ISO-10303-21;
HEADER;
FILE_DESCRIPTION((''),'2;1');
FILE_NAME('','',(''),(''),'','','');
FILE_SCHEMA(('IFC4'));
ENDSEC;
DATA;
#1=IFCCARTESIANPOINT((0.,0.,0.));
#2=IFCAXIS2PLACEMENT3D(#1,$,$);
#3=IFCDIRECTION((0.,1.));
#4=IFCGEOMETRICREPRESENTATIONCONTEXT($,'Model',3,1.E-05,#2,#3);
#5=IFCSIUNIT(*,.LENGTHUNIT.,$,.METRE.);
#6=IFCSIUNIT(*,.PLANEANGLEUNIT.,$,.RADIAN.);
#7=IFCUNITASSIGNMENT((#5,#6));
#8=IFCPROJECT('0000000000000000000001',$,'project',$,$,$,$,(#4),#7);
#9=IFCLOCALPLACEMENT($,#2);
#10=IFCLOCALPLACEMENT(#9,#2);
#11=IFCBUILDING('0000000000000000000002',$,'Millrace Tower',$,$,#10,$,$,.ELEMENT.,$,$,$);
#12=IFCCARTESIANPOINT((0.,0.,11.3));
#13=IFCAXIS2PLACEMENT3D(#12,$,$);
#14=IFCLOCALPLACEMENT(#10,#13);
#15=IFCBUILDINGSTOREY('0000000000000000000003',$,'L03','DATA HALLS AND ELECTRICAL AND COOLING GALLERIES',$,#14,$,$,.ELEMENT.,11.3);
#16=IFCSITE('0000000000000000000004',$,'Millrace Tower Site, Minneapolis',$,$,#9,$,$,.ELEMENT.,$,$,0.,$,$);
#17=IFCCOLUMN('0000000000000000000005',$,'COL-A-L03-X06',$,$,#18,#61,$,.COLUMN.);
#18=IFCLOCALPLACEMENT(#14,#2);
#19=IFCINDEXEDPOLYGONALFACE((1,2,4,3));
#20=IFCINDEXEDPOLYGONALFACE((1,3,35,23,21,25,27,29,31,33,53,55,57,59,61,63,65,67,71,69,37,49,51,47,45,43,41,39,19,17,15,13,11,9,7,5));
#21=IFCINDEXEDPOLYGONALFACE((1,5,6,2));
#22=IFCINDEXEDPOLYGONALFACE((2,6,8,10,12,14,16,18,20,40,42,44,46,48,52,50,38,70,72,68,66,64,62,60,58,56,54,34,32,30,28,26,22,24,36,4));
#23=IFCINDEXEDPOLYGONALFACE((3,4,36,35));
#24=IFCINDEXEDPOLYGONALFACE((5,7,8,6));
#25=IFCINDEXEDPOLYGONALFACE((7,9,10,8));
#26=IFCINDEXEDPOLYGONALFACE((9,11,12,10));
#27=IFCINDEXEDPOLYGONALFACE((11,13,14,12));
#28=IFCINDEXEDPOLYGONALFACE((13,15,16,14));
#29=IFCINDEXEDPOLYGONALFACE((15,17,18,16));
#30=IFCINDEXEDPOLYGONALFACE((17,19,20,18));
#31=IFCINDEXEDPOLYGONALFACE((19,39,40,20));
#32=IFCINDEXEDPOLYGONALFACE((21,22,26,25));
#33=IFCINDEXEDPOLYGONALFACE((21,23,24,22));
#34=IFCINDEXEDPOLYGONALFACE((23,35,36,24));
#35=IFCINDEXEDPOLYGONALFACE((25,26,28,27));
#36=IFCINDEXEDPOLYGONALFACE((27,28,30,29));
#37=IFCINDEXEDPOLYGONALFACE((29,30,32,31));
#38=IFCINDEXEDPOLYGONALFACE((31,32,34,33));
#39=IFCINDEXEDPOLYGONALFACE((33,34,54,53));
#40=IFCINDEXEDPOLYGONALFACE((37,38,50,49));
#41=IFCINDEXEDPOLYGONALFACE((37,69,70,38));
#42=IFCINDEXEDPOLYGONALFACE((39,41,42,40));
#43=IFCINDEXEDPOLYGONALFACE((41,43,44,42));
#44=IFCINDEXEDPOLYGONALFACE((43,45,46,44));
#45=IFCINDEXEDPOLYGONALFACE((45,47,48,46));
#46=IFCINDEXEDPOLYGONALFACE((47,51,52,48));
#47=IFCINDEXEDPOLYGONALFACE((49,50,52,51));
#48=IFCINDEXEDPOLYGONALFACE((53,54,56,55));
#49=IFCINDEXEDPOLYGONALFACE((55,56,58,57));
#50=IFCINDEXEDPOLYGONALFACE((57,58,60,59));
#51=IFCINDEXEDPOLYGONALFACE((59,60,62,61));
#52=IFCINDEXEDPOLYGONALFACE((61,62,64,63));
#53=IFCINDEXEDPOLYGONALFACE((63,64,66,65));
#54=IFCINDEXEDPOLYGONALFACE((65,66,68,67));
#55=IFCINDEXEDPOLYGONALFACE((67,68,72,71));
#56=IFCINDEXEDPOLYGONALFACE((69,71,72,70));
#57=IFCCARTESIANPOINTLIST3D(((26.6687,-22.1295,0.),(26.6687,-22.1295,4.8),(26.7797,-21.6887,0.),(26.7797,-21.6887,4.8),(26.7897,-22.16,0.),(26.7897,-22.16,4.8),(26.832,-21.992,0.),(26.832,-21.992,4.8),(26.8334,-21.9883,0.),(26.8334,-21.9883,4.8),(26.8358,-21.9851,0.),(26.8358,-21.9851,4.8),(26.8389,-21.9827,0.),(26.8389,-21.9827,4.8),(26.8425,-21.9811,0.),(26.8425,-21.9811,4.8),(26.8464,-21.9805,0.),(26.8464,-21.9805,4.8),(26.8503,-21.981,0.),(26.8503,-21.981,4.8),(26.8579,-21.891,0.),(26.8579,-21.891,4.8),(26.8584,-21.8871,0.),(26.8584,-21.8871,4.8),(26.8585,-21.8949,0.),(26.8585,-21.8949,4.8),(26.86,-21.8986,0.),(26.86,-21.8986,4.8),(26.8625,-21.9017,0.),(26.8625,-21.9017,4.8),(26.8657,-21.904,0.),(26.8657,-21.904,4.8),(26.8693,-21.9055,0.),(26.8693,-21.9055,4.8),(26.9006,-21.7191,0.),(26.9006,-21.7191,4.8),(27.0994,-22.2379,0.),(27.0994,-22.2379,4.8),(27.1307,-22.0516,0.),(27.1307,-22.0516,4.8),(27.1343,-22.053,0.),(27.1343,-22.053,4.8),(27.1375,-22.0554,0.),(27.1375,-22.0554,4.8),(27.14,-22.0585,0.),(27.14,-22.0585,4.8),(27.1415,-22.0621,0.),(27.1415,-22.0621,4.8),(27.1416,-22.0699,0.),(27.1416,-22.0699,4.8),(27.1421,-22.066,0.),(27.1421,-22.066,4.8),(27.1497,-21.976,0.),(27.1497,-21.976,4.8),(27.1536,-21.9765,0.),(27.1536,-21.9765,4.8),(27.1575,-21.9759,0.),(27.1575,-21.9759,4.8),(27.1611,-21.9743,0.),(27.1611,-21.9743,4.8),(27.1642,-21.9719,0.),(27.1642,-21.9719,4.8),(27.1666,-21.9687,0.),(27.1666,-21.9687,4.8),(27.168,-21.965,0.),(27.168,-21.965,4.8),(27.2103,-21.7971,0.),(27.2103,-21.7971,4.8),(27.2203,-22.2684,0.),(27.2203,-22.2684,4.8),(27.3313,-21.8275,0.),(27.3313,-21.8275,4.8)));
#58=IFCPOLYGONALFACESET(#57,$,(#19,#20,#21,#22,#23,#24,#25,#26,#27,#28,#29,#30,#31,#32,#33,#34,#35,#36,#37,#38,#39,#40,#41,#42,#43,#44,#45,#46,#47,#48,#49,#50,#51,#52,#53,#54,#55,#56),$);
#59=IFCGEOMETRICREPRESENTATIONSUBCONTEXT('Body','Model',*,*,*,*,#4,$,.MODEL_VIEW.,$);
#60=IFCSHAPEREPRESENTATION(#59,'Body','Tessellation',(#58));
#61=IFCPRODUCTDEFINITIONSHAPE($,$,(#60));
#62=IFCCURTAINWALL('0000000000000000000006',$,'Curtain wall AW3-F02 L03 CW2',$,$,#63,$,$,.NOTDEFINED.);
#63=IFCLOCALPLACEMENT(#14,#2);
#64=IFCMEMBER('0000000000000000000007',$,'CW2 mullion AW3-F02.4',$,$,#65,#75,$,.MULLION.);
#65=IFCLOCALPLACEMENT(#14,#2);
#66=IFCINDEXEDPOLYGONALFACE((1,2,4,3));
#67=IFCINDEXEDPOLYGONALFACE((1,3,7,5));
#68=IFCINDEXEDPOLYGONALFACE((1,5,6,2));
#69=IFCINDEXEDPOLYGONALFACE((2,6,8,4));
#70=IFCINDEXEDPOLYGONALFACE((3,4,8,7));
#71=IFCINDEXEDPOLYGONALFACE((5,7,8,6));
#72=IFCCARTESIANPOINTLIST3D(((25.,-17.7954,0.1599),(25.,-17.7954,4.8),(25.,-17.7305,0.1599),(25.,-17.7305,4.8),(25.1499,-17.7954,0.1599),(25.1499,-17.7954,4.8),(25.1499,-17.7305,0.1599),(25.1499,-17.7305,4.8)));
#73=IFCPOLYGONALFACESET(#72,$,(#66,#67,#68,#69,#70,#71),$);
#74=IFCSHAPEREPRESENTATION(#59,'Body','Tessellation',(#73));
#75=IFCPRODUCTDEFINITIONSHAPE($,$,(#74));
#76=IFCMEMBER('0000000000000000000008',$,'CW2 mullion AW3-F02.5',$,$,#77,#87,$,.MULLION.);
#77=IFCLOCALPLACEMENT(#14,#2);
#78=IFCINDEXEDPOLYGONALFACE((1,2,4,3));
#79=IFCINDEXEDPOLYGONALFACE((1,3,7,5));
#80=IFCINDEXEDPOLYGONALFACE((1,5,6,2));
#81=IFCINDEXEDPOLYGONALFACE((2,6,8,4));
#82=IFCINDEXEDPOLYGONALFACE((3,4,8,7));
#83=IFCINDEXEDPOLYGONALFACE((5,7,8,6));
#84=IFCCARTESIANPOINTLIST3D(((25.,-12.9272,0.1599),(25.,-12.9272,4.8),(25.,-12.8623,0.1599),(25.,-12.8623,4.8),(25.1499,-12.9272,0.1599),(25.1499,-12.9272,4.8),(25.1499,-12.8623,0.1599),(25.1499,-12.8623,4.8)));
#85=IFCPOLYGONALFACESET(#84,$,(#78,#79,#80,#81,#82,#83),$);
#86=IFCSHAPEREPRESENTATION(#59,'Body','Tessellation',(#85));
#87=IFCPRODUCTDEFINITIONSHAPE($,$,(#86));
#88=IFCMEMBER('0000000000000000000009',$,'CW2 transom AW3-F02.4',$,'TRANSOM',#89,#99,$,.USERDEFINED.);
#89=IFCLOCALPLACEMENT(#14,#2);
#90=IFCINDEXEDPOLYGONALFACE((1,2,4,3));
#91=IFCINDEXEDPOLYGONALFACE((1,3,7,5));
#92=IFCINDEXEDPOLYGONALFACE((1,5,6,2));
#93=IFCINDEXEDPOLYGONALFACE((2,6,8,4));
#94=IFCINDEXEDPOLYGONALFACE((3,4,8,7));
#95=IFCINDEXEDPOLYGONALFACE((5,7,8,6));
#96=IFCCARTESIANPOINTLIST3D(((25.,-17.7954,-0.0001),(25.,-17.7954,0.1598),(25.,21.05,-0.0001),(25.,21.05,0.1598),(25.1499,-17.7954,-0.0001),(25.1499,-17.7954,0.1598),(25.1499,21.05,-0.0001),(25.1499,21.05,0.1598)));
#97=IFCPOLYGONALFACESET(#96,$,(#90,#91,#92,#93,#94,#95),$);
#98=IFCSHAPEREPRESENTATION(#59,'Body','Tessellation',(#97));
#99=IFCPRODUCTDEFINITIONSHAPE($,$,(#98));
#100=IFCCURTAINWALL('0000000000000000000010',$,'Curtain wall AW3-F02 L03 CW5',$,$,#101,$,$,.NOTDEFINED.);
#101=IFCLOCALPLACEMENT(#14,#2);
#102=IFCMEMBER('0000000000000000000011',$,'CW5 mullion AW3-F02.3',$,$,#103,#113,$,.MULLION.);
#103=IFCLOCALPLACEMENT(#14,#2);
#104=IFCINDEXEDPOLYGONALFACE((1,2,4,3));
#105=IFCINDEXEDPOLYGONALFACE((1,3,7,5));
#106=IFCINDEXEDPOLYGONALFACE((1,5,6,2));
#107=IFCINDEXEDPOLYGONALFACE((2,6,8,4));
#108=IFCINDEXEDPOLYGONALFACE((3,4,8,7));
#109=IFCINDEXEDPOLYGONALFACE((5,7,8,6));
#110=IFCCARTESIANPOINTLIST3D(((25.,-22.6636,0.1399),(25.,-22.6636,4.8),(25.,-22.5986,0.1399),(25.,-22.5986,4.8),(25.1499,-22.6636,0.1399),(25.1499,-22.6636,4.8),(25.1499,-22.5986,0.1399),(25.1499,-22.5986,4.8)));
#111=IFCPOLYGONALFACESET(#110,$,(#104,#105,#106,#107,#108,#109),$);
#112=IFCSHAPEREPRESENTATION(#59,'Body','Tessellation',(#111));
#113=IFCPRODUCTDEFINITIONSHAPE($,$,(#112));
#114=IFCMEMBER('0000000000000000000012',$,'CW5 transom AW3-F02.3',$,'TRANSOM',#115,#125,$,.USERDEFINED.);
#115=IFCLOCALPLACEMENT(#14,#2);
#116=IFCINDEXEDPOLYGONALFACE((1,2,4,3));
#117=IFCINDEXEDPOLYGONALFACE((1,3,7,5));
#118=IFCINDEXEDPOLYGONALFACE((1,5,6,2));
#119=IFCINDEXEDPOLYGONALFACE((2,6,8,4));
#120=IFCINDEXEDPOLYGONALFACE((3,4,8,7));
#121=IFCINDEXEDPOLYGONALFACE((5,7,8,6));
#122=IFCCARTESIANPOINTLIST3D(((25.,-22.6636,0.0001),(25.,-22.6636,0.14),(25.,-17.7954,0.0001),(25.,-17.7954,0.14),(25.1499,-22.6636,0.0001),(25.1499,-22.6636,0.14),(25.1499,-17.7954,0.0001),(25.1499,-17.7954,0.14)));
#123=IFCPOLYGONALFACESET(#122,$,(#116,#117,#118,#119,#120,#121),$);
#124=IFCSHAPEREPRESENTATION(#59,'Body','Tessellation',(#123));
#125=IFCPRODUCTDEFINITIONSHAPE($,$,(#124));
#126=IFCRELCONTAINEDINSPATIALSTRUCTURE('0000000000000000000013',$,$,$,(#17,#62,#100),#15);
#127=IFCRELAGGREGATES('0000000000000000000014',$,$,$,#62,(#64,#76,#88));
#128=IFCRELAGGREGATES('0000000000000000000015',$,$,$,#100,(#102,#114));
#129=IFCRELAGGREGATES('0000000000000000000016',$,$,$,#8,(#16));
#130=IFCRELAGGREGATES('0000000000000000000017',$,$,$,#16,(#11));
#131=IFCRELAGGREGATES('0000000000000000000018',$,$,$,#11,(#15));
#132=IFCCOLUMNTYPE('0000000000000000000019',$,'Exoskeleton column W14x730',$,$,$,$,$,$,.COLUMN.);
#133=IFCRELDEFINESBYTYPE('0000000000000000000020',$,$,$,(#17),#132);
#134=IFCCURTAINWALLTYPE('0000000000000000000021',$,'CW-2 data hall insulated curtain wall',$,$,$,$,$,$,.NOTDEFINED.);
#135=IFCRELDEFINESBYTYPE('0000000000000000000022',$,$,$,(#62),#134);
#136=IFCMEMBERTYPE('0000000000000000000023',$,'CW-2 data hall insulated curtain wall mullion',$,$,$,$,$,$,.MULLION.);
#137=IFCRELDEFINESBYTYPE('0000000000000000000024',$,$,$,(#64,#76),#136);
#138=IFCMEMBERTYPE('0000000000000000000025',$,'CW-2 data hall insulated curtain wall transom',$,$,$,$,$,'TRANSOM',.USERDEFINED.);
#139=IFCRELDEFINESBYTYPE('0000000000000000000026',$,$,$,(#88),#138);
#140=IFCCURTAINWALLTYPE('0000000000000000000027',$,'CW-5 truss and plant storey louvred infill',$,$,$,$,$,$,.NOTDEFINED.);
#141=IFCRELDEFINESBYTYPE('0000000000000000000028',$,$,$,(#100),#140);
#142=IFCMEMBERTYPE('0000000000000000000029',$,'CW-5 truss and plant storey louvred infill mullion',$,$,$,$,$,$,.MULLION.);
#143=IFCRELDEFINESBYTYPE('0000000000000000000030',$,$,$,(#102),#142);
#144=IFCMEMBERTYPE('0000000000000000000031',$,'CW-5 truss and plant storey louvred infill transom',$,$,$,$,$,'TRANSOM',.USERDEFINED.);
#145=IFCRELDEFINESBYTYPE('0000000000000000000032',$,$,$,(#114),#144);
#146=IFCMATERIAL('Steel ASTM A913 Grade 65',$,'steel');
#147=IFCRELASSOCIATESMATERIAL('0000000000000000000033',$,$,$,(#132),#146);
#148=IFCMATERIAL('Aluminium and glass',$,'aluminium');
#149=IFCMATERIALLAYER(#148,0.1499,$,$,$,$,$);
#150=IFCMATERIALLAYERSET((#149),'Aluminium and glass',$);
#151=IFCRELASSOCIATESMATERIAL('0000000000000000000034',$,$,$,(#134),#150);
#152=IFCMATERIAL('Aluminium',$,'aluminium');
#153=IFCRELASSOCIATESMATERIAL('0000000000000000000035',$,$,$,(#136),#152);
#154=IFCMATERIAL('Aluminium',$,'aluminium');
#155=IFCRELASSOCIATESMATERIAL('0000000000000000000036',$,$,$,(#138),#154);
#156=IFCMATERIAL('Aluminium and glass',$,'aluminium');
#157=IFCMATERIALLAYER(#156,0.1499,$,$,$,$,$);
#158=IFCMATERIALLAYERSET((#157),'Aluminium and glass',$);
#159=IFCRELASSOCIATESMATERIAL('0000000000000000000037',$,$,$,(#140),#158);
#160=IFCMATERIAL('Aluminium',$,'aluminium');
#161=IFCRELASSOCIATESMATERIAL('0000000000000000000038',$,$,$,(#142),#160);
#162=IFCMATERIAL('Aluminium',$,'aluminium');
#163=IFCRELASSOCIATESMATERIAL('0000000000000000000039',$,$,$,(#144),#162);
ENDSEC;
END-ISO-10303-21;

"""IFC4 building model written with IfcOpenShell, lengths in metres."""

from ifc_helpers import new_model, si_unit, direction, frame, origin, origin_2d, place, context, subcontext, project, spatial, rectangle, i_section, extrude, material, layer, layer_set, material_profile, profile_set, type_object, element, aggregate, save


model = new_model("IFC4")

# Units and contexts
model_context = context("Model", 3, precision=1e-05, world=origin(), true_north=direction((0.0, 1.0)))
body_context = subcontext(model_context, "Body", "Model", "MODEL_VIEW")
ifc_project = project(units=[si_unit("LENGTHUNIT", "METRE"), si_unit("PLANEANGLEUNIT", "RADIAN")], contexts=[model_context])

# Site, building, storey
site_placement = place(None, origin())
site = spatial("IfcSite", under=ifc_project, at=site_placement, Name="Millrace Tower Site, Minneapolis", CompositionType="ELEMENT", RefElevation=0.0)
building_placement = place(site_placement, origin())
building = spatial("IfcBuilding", under=site, at=building_placement, Name="Millrace Tower", CompositionType="ELEMENT")
storey_placement = place(building_placement, frame((0.0, 0.0, 11.3)))
storey = spatial("IfcBuildingStorey", under=building, at=storey_placement, Name="L03", Description="DATA HALLS AND ELECTRICAL AND COOLING GALLERIES", CompositionType="ELEMENT", Elevation=11.3)

# Column
ifc_material_1 = material(Name="Steel ASTM A913 Grade 65", Category="steel")
ifc_material_profile_1 = material_profile(ifc_material_1, i_section(OverallWidth=0.4546, OverallDepth=0.5688, WebThickness=0.0779, FlangeThickness=0.1248, FilletRadius=0.0151, at=origin_2d()))
ifc_profile_set_1 = profile_set([ifc_material_profile_1], Name="Steel ASTM A913 Grade 65")
column_type = type_object("IfcColumnType", Name="Exoskeleton column W14x730", PredefinedType="COLUMN", material=ifc_profile_set_1)
column_placement = place(storey_placement, frame((27.0, -21.9785, 0.0), z_axis=(0.0, 0.0, 1.0), x_axis=(0.244094, 0.969752, 0.0)))
element("IfcColumn", 1, at=column_placement, inside=storey, type_object=column_type, Name="COL-A-L03-X06", PredefinedType="COLUMN", context=body_context, shape_type="SweptSolid", body=[
    extrude(i_section(OverallWidth=0.4546, OverallDepth=0.5688, WebThickness=0.0779, FlangeThickness=0.1248, FilletRadius=0.0151, at=origin_2d()), origin(), (0.0, 0.0, 1.0), 4.8),
])

# Curtain walls, members
ifc_material_2 = material(Name="Aluminium and glass", Category="aluminium")
ifc_layer_1 = layer(ifc_material_2, 0.1499)
ifc_layer_set_1 = layer_set([ifc_layer_1], Name="Aluminium and glass")
curtain_wall_type_1 = type_object("IfcCurtainWallType", Name="CW-2 data hall insulated curtain wall", PredefinedType="NOTDEFINED", material=ifc_layer_set_1)
placement = place(storey_placement, origin())
curtain_wall_1 = element("IfcCurtainWall", 2, at=placement, inside=storey, type_object=curtain_wall_type_1, Name="Curtain wall AW3-F02 L03 CW2", PredefinedType="NOTDEFINED")
ifc_material_3 = material(Name="Aluminium", Category="aluminium")
ifc_material_profile_2 = material_profile(ifc_material_3, rectangle(XDim=0.0649, YDim=0.1499, at=origin_2d()))
ifc_profile_set_2 = profile_set([ifc_material_profile_2], Name="Aluminium")
member_type_1 = type_object("IfcMemberType", Name="CW-2 data hall insulated curtain wall mullion", PredefinedType="MULLION", material=ifc_profile_set_2)
member_1_placement = place(storey_placement, frame((25.075, -17.7629, 0.1599), z_axis=(0.0, 0.0, 1.0), x_axis=(0.0, 1.0, 0.0)))
member_1 = element("IfcMember", 3, at=member_1_placement, type_object=member_type_1, Name="CW2 mullion AW3-F02.4", PredefinedType="MULLION", context=body_context, shape_type="SweptSolid", body=[
    extrude(rectangle(XDim=0.0649, YDim=0.1499, at=origin_2d()), origin(), (0.0, 0.0, 1.0), 4.6401),
])
member_2_placement = place(storey_placement, frame((25.075, -12.8948, 0.1599), z_axis=(0.0, 0.0, 1.0), x_axis=(0.0, 1.0, 0.0)))
member_2 = element("IfcMember", 4, at=member_2_placement, type_object=member_type_1, Name="CW2 mullion AW3-F02.5", PredefinedType="MULLION", context=body_context, shape_type="SweptSolid", body=[
    extrude(rectangle(XDim=0.0649, YDim=0.1499, at=origin_2d()), origin(), (0.0, 0.0, 1.0), 4.6401),
])
ifc_material_4 = material(Name="Aluminium", Category="aluminium")
ifc_material_profile_3 = material_profile(ifc_material_4, rectangle(XDim=0.1499, YDim=0.1599, at=origin_2d()))
ifc_profile_set_3 = profile_set([ifc_material_profile_3], Name="Aluminium")
member_type_2 = type_object("IfcMemberType", Name="CW-2 data hall insulated curtain wall transom", ElementType="TRANSOM", PredefinedType="USERDEFINED", material=ifc_profile_set_3)
member_3_placement = place(storey_placement, frame((25.075, -17.7954, 0.0798), z_axis=(0.0, 1.0, 0.0), x_axis=(-1.0, 0.0, 0.0)))
member_3 = element("IfcMember", 5, at=member_3_placement, type_object=member_type_2, Name="CW2 transom AW3-F02.4", ObjectType="TRANSOM", PredefinedType="USERDEFINED", context=body_context, shape_type="SweptSolid", body=[
    extrude(rectangle(XDim=0.1499, YDim=0.1599, at=origin_2d()), origin(), (0.0, 0.0, 1.0), 38.8455),
])
aggregate(curtain_wall_1, [member_1, member_2, member_3])
ifc_material_5 = material(Name="Aluminium and glass", Category="aluminium")
ifc_layer_2 = layer(ifc_material_5, 0.1499)
ifc_layer_set_2 = layer_set([ifc_layer_2], Name="Aluminium and glass")
curtain_wall_type_2 = type_object("IfcCurtainWallType", Name="CW-5 truss and plant storey louvred infill", PredefinedType="NOTDEFINED", material=ifc_layer_set_2)
curtain_wall_2 = element("IfcCurtainWall", 6, at=placement, inside=storey, type_object=curtain_wall_type_2, Name="Curtain wall AW3-F02 L03 CW5", PredefinedType="NOTDEFINED")
ifc_material_6 = material(Name="Aluminium", Category="aluminium")
ifc_material_profile_4 = material_profile(ifc_material_6, rectangle(XDim=0.0649, YDim=0.1499, at=origin_2d()))
ifc_profile_set_4 = profile_set([ifc_material_profile_4], Name="Aluminium")
member_type_3 = type_object("IfcMemberType", Name="CW-5 truss and plant storey louvred infill mullion", PredefinedType="MULLION", material=ifc_profile_set_4)
member_4_placement = place(storey_placement, frame((25.075, -22.6311, 0.1399), z_axis=(0.0, 0.0, 1.0), x_axis=(0.0, 1.0, 0.0)))
member_4 = element("IfcMember", 7, at=member_4_placement, type_object=member_type_3, Name="CW5 mullion AW3-F02.3", PredefinedType="MULLION", context=body_context, shape_type="SweptSolid", body=[
    extrude(rectangle(XDim=0.0649, YDim=0.1499, at=origin_2d()), origin(), (0.0, 0.0, 1.0), 4.6602),
])
ifc_material_7 = material(Name="Aluminium", Category="aluminium")
ifc_material_profile_5 = material_profile(ifc_material_7, rectangle(XDim=0.1499, YDim=0.1399, at=origin_2d()))
ifc_profile_set_5 = profile_set([ifc_material_profile_5], Name="Aluminium")
member_type_4 = type_object("IfcMemberType", Name="CW-5 truss and plant storey louvred infill transom", ElementType="TRANSOM", PredefinedType="USERDEFINED", material=ifc_profile_set_5)
member_5_placement = place(storey_placement, frame((25.075, -22.6636, 0.0701), z_axis=(0.0, 1.0, 0.0), x_axis=(-1.0, 0.0, 0.0)))
member_5 = element("IfcMember", 8, at=member_5_placement, type_object=member_type_4, Name="CW5 transom AW3-F02.3", ObjectType="TRANSOM", PredefinedType="USERDEFINED", context=body_context, shape_type="SweptSolid", body=[
    extrude(rectangle(XDim=0.1499, YDim=0.1399, at=origin_2d()), origin(), (0.0, 0.0, 1.0), 4.8682),
])
aggregate(curtain_wall_2, [member_4, member_5])

save(model, "model.ifc")
